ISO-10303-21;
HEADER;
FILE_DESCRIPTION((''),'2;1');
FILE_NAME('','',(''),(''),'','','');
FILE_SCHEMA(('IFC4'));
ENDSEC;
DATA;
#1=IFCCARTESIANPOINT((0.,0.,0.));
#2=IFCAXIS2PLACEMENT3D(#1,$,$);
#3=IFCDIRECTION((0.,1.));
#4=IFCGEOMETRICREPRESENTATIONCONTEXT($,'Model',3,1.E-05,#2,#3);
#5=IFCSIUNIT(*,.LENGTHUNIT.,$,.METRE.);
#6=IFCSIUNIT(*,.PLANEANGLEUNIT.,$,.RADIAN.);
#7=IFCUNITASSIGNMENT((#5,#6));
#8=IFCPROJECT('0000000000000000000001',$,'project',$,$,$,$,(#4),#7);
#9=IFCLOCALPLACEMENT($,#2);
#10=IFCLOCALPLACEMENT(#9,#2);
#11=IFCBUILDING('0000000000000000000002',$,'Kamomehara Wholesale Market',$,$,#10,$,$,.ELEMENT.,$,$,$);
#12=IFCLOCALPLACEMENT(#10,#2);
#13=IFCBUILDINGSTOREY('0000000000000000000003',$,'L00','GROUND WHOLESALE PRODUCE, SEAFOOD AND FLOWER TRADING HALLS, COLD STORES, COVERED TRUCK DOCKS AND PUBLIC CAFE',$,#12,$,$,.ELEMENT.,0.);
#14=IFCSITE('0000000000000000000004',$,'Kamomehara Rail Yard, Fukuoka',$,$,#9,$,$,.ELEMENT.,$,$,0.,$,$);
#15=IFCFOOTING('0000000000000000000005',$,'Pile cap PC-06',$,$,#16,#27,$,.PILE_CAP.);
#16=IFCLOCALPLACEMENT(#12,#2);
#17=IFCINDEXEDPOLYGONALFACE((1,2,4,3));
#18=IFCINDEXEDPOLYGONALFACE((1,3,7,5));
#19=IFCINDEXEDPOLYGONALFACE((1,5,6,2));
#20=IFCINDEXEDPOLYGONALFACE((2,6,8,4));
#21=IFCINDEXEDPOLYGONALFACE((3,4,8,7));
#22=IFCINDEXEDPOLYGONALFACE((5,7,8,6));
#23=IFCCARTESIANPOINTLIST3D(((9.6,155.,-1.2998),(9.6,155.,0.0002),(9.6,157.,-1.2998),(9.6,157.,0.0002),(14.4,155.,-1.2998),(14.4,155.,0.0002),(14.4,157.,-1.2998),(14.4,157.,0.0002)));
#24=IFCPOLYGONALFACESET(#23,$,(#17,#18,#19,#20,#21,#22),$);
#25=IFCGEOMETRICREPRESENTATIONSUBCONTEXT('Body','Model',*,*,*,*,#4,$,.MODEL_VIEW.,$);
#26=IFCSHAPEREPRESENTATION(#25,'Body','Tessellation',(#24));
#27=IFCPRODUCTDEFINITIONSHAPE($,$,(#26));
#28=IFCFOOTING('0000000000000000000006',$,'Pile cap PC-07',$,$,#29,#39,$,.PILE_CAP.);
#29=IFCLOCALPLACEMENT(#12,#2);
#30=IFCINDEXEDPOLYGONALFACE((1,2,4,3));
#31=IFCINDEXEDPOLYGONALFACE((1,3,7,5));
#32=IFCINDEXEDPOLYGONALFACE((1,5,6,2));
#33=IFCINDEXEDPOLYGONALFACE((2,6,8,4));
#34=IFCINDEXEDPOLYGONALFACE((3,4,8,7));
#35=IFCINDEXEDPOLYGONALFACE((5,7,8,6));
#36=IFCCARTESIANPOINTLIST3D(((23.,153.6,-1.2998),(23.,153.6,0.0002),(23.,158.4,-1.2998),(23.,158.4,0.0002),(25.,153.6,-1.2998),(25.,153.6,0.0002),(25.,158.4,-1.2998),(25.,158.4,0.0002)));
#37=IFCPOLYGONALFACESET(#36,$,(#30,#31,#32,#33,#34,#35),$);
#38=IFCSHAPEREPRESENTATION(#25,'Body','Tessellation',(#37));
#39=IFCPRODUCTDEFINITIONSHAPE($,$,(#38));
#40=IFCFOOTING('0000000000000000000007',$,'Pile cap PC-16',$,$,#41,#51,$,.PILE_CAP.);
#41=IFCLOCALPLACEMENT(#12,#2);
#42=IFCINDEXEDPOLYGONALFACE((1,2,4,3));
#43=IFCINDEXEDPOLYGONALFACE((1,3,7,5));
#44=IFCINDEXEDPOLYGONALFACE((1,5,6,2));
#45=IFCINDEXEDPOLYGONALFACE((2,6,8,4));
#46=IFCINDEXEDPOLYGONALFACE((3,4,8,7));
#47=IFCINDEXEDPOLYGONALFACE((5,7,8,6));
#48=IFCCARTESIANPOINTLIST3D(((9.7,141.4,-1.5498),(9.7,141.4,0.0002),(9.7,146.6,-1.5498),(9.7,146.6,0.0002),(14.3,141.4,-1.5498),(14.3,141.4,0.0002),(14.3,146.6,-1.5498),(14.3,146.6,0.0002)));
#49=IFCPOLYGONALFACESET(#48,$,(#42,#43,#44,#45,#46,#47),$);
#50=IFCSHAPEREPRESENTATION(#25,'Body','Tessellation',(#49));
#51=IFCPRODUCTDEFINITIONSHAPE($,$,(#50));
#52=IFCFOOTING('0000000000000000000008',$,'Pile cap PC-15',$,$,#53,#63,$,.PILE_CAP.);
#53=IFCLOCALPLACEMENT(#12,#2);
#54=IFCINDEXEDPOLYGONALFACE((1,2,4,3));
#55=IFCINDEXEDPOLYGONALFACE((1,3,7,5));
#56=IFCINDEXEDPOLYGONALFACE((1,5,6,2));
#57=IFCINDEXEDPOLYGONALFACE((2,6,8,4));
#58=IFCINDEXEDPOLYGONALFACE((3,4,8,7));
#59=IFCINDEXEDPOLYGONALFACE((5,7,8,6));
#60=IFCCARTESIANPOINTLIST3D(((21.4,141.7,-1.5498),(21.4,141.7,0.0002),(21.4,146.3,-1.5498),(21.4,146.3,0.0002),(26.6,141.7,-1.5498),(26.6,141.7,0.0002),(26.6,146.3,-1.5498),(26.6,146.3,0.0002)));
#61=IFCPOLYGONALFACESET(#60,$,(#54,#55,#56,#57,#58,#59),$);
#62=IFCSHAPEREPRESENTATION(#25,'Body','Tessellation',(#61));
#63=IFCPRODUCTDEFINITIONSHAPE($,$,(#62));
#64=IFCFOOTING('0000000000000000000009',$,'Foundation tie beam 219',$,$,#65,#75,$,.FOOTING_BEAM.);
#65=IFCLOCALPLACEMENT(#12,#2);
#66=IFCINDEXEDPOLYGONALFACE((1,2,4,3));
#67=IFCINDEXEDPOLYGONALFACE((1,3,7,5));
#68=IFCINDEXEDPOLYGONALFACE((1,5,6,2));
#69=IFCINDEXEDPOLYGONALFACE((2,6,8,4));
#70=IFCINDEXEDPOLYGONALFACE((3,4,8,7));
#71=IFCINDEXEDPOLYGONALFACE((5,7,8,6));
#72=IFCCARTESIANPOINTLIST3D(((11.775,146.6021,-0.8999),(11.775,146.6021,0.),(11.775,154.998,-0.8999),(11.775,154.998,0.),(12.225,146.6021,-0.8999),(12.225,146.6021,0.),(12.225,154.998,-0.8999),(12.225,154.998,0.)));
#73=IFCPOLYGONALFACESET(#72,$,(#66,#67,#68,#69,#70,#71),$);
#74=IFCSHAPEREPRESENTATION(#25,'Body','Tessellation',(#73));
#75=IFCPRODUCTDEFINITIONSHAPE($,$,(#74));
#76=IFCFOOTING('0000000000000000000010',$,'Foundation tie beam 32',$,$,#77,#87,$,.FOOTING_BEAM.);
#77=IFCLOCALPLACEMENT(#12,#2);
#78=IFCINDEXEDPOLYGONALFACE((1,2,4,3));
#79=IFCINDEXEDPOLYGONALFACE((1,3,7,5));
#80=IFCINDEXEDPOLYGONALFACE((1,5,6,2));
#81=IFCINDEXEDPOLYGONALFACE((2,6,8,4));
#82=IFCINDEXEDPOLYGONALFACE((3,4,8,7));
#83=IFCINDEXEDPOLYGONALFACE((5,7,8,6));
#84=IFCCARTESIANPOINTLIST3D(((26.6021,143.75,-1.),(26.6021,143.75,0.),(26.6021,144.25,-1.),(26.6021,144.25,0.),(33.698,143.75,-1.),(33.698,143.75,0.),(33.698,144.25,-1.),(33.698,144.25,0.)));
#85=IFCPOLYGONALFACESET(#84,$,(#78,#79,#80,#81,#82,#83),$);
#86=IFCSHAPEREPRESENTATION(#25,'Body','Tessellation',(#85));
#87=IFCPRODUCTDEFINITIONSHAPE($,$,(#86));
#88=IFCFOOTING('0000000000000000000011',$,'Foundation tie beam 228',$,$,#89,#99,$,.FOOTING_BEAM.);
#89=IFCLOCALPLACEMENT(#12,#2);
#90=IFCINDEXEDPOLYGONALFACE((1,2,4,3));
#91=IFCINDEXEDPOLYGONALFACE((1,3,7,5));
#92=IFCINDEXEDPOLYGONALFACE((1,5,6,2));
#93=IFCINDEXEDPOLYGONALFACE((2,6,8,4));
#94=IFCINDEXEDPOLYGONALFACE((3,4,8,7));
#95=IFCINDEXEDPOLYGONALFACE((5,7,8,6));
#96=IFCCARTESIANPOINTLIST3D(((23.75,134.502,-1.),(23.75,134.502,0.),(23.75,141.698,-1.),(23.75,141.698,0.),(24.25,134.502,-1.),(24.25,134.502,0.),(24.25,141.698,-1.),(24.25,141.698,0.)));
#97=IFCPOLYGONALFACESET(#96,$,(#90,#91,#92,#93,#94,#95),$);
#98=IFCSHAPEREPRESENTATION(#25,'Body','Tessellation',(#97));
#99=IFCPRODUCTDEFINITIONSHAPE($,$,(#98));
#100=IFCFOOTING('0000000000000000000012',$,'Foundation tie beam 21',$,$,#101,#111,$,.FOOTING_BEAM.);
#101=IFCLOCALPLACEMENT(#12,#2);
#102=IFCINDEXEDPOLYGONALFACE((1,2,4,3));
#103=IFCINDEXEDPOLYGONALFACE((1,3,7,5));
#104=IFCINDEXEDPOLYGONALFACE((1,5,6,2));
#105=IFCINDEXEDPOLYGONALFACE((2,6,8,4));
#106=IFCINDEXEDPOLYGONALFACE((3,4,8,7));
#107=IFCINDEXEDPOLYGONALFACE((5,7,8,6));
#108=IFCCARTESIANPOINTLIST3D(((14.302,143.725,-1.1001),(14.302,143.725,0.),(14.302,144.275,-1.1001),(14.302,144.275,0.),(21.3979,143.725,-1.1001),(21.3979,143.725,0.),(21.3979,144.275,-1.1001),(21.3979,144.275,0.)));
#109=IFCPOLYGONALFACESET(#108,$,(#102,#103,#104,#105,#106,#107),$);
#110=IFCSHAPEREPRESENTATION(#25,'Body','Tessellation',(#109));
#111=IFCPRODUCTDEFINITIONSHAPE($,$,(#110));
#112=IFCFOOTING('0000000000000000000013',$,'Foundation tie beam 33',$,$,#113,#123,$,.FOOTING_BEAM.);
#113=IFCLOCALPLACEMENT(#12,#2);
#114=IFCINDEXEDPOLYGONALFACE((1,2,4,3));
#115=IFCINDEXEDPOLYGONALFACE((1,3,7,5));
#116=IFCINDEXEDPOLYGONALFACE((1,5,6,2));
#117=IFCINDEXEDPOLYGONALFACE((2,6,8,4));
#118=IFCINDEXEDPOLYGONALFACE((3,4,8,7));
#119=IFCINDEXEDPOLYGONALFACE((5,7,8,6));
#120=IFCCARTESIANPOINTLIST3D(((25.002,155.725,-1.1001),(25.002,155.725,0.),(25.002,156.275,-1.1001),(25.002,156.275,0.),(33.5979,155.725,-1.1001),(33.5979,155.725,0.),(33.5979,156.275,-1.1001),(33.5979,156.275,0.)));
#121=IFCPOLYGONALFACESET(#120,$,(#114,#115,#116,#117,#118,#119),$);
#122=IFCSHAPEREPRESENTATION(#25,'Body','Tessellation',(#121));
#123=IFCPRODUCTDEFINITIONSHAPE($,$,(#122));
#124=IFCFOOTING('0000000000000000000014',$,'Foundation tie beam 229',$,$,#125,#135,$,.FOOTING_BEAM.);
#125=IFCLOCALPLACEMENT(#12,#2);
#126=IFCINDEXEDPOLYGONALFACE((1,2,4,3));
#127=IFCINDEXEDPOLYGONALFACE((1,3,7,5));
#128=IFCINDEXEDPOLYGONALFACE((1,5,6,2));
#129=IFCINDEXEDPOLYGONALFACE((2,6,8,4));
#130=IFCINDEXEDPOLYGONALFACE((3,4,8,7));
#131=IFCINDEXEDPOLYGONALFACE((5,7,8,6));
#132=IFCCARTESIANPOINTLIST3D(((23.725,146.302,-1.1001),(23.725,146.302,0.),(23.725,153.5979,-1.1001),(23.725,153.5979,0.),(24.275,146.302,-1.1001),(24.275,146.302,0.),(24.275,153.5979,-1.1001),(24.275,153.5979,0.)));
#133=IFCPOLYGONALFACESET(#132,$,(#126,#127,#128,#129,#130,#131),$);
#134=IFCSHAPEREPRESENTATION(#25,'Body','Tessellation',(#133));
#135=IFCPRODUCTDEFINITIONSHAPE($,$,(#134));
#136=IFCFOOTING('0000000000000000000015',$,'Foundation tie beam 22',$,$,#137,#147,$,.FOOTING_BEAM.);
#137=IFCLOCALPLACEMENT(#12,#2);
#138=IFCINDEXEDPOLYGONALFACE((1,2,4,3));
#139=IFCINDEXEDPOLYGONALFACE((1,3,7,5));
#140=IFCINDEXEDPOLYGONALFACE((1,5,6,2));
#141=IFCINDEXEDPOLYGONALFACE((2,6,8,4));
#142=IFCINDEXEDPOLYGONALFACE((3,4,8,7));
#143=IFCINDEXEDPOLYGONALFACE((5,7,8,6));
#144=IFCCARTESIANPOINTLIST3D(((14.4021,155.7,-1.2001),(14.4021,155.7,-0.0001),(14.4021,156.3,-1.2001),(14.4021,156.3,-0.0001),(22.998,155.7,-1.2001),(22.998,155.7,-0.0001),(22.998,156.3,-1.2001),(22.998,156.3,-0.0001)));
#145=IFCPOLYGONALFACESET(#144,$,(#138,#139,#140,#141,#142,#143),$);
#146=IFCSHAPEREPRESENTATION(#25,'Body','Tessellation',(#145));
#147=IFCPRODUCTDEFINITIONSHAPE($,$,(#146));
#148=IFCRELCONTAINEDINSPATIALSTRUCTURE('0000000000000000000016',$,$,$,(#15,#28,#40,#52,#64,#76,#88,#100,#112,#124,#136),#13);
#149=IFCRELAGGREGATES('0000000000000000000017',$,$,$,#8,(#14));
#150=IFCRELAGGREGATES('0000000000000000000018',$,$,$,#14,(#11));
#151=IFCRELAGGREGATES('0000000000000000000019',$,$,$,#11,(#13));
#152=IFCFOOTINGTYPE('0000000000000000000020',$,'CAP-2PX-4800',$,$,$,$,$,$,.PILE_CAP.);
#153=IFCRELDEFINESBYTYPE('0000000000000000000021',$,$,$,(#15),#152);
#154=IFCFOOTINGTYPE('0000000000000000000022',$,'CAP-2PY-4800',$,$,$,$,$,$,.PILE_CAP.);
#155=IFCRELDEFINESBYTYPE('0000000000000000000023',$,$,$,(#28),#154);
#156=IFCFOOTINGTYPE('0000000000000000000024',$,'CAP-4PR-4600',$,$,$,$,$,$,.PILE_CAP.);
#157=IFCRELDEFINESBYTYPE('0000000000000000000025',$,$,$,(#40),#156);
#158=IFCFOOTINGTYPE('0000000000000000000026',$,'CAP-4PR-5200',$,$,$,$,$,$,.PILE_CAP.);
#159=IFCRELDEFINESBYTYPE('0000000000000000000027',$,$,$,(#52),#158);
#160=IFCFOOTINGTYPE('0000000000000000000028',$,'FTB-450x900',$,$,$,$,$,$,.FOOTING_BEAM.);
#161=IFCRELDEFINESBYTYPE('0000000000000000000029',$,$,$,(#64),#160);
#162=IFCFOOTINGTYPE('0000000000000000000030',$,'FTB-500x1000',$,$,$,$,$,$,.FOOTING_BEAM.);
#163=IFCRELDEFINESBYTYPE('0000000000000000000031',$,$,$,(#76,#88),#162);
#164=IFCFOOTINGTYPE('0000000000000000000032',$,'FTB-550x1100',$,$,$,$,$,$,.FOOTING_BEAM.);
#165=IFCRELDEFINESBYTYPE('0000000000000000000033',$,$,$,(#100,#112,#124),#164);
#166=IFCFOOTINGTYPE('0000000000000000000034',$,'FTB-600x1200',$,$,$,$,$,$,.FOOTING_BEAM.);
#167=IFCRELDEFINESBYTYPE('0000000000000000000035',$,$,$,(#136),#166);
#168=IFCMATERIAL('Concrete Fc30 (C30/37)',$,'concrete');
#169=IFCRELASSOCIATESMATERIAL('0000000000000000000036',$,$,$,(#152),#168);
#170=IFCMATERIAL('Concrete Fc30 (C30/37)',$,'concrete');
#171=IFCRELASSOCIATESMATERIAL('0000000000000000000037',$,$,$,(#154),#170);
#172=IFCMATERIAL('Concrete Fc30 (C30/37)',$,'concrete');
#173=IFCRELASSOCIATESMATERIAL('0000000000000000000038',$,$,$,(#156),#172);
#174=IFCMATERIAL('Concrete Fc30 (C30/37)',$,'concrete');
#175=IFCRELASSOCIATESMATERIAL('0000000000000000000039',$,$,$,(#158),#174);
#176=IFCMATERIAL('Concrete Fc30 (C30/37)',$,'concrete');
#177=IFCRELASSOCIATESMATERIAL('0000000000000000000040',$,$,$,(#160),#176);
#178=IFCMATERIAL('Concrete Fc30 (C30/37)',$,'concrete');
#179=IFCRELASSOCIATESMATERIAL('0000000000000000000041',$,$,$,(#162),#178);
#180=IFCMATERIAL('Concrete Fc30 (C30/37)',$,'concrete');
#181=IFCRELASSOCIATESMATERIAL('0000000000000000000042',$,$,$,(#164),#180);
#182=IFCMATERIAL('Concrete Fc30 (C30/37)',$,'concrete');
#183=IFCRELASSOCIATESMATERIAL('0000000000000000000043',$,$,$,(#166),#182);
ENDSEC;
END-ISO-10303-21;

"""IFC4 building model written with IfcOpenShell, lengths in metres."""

from ifc_helpers import new_model, si_unit, direction, frame, origin, origin_2d, place, context, subcontext, project, spatial, rectangle, extrude, material, material_profile, profile_set, type_object, element, save


model = new_model("IFC4")

# Units and contexts
model_context = context("Model", 3, precision=1e-05, world=origin(), true_north=direction((0.0, 1.0)))
body_context = subcontext(model_context, "Body", "Model", "MODEL_VIEW")
ifc_project = project(units=[si_unit("LENGTHUNIT", "METRE"), si_unit("PLANEANGLEUNIT", "RADIAN")], contexts=[model_context])

# Site, building, storey
site_placement = place(None, origin())
site = spatial("IfcSite", under=ifc_project, at=site_placement, Name="Kamomehara Rail Yard, Fukuoka", CompositionType="ELEMENT", RefElevation=0.0)
building_placement = place(site_placement, origin())
building = spatial("IfcBuilding", under=site, at=building_placement, Name="Kamomehara Wholesale Market", CompositionType="ELEMENT")
storey_placement = place(building_placement, origin())
storey = spatial("IfcBuildingStorey", under=building, at=storey_placement, Name="L00", Description="GROUND WHOLESALE PRODUCE, SEAFOOD AND FLOWER TRADING HALLS, COLD STORES, COVERED TRUCK DOCKS AND PUBLIC CAFE", CompositionType="ELEMENT", Elevation=0.0)

# Footings
ifc_material_1 = material(Name="Concrete Fc30 (C30/37)", Category="concrete")
footing_type_1 = type_object("IfcFootingType", Name="CAP-2PX-4800", PredefinedType="PILE_CAP", material=ifc_material_1)
footing_1_placement = place(storey_placement, frame((12.0, 156.0, -1.2998), z_axis=(0.0, 0.0, 1.0), x_axis=(1.0, 0.0, 0.0)))
element("IfcFooting", 1, at=footing_1_placement, inside=storey, type_object=footing_type_1, Name="Pile cap PC-06", PredefinedType="PILE_CAP", context=body_context, shape_type="SweptSolid", body=[
    extrude(rectangle(XDim=4.8, YDim=2.0, at=origin_2d()), origin(), (0.0, 0.0, 1.0), 1.3),
])
ifc_material_2 = material(Name="Concrete Fc30 (C30/37)", Category="concrete")
footing_type_2 = type_object("IfcFootingType", Name="CAP-2PY-4800", PredefinedType="PILE_CAP", material=ifc_material_2)
footing_2_placement = place(storey_placement, frame((24.0, 156.0, -1.2998), z_axis=(0.0, 0.0, 1.0), x_axis=(1.0, 0.0, 0.0)))
element("IfcFooting", 2, at=footing_2_placement, inside=storey, type_object=footing_type_2, Name="Pile cap PC-07", PredefinedType="PILE_CAP", context=body_context, shape_type="SweptSolid", body=[
    extrude(rectangle(XDim=2.0, YDim=4.8, at=origin_2d()), origin(), (0.0, 0.0, 1.0), 1.3),
])
ifc_material_3 = material(Name="Concrete Fc30 (C30/37)", Category="concrete")
footing_type_3 = type_object("IfcFootingType", Name="CAP-4PR-4600", PredefinedType="PILE_CAP", material=ifc_material_3)
footing_3_placement = place(storey_placement, frame((12.0, 144.0, -1.5498), z_axis=(0.0, 0.0, 1.0), x_axis=(1.0, 0.0, 0.0)))
element("IfcFooting", 3, at=footing_3_placement, inside=storey, type_object=footing_type_3, Name="Pile cap PC-16", PredefinedType="PILE_CAP", context=body_context, shape_type="SweptSolid", body=[
    extrude(rectangle(XDim=4.6001, YDim=5.2, at=origin_2d()), origin(), (0.0, 0.0, 1.0), 1.55),
])
ifc_material_4 = material(Name="Concrete Fc30 (C30/37)", Category="concrete")
footing_type_4 = type_object("IfcFootingType", Name="CAP-4PR-5200", PredefinedType="PILE_CAP", material=ifc_material_4)
footing_4_placement = place(storey_placement, frame((24.0, 144.0, -1.5498), z_axis=(0.0, 0.0, 1.0), x_axis=(1.0, 0.0, 0.0)))
element("IfcFooting", 4, at=footing_4_placement, inside=storey, type_object=footing_type_4, Name="Pile cap PC-15", PredefinedType="PILE_CAP", context=body_context, shape_type="SweptSolid", body=[
    extrude(rectangle(XDim=5.2, YDim=4.6001, at=origin_2d()), origin(), (0.0, 0.0, 1.0), 1.55),
])
ifc_material_5 = material(Name="Concrete Fc30 (C30/37)", Category="concrete")
ifc_material_profile_1 = material_profile(ifc_material_5, rectangle(XDim=0.45, YDim=0.8999, at=origin_2d()), Name="RC-FTB-450x900")
ifc_profile_set_1 = profile_set([ifc_material_profile_1], Name="Concrete Fc30 (C30/37)")
footing_type_5 = type_object("IfcFootingType", Name="FTB-450x900", PredefinedType="FOOTING_BEAM", material=ifc_profile_set_1)
footing_5_placement = place(storey_placement, frame((12.0, 146.6021, -0.45), z_axis=(0.0, 1.0, 0.0), x_axis=(-1.0, 0.0, 0.0)))
element("IfcFooting", 5, at=footing_5_placement, inside=storey, type_object=footing_type_5, Name="Foundation tie beam 219", PredefinedType="FOOTING_BEAM", context=body_context, shape_type="SweptSolid", body=[
    extrude(rectangle(XDim=0.45, YDim=0.8999, at=origin_2d()), origin(), (0.0, 0.0, 1.0), 8.396),
])
ifc_material_6 = material(Name="Concrete Fc30 (C30/37)", Category="concrete")
ifc_material_profile_2 = material_profile(ifc_material_6, rectangle(XDim=0.5, YDim=1.0, at=origin_2d()), Name="RC-FTB-500x1000")
ifc_profile_set_2 = profile_set([ifc_material_profile_2], Name="Concrete Fc30 (C30/37)")
footing_type_6 = type_object("IfcFootingType", Name="FTB-500x1000", PredefinedType="FOOTING_BEAM", material=ifc_profile_set_2)
footing_6_placement = place(storey_placement, frame((26.6021, 144.0, -0.5), z_axis=(1.0, 0.0, 0.0), x_axis=(0.0, 1.0, 0.0)))
element("IfcFooting", 6, at=footing_6_placement, inside=storey, type_object=footing_type_6, Name="Foundation tie beam 32", PredefinedType="FOOTING_BEAM", context=body_context, shape_type="SweptSolid", body=[
    extrude(rectangle(XDim=0.5, YDim=1.0, at=origin_2d()), origin(), (0.0, 0.0, 1.0), 7.0959),
])
footing_7_placement = place(storey_placement, frame((24.0, 134.502, -0.5), z_axis=(0.0, 1.0, 0.0), x_axis=(-1.0, 0.0, 0.0)))
element("IfcFooting", 7, at=footing_7_placement, inside=storey, type_object=footing_type_6, Name="Foundation tie beam 228", PredefinedType="FOOTING_BEAM", context=body_context, shape_type="SweptSolid", body=[
    extrude(rectangle(XDim=0.5, YDim=1.0, at=origin_2d()), origin(), (0.0, 0.0, 1.0), 7.196),
])
ifc_material_7 = material(Name="Concrete Fc30 (C30/37)", Category="concrete")
ifc_material_profile_3 = material_profile(ifc_material_7, rectangle(XDim=0.55, YDim=1.1001, at=origin_2d()), Name="RC-FTB-550x1100")
ifc_profile_set_3 = profile_set([ifc_material_profile_3], Name="Concrete Fc30 (C30/37)")
footing_type_7 = type_object("IfcFootingType", Name="FTB-550x1100", PredefinedType="FOOTING_BEAM", material=ifc_profile_set_3)
footing_8_placement = place(storey_placement, frame((14.302, 144.0, -0.55), z_axis=(1.0, 0.0, 0.0), x_axis=(0.0, 1.0, 0.0)))
element("IfcFooting", 8, at=footing_8_placement, inside=storey, type_object=footing_type_7, Name="Foundation tie beam 21", PredefinedType="FOOTING_BEAM", context=body_context, shape_type="SweptSolid", body=[
    extrude(rectangle(XDim=0.55, YDim=1.1001, at=origin_2d()), origin(), (0.0, 0.0, 1.0), 7.0959),
])
footing_9_placement = place(storey_placement, frame((25.002, 156.0, -0.55), z_axis=(1.0, 0.0, 0.0), x_axis=(0.0, 1.0, 0.0)))
element("IfcFooting", 9, at=footing_9_placement, inside=storey, type_object=footing_type_7, Name="Foundation tie beam 33", PredefinedType="FOOTING_BEAM", context=body_context, shape_type="SweptSolid", body=[
    extrude(rectangle(XDim=0.55, YDim=1.1001, at=origin_2d()), origin(), (0.0, 0.0, 1.0), 8.5959),
])
footing_10_placement = place(storey_placement, frame((24.0, 146.302, -0.55), z_axis=(0.0, 1.0, 0.0), x_axis=(-1.0, 0.0, 0.0)))
element("IfcFooting", 10, at=footing_10_placement, inside=storey, type_object=footing_type_7, Name="Foundation tie beam 229", PredefinedType="FOOTING_BEAM", context=body_context, shape_type="SweptSolid", body=[
    extrude(rectangle(XDim=0.55, YDim=1.1001, at=origin_2d()), origin(), (0.0, 0.0, 1.0), 7.2959),
])
ifc_material_8 = material(Name="Concrete Fc30 (C30/37)", Category="concrete")
ifc_material_profile_4 = material_profile(ifc_material_8, rectangle(XDim=0.6001, YDim=1.2, at=origin_2d()), Name="RC-FTB-600x1200")
ifc_profile_set_4 = profile_set([ifc_material_profile_4], Name="Concrete Fc30 (C30/37)")
footing_type_8 = type_object("IfcFootingType", Name="FTB-600x1200", PredefinedType="FOOTING_BEAM", material=ifc_profile_set_4)
footing_11_placement = place(storey_placement, frame((14.4021, 156.0, -0.6001), z_axis=(1.0, 0.0, 0.0), x_axis=(0.0, 1.0, 0.0)))
element("IfcFooting", 11, at=footing_11_placement, inside=storey, type_object=footing_type_8, Name="Foundation tie beam 22", PredefinedType="FOOTING_BEAM", context=body_context, shape_type="SweptSolid", body=[
    extrude(rectangle(XDim=0.6001, YDim=1.2, at=origin_2d()), origin(), (0.0, 0.0, 1.0), 8.5959),
])

save(model, "model.ifc")
